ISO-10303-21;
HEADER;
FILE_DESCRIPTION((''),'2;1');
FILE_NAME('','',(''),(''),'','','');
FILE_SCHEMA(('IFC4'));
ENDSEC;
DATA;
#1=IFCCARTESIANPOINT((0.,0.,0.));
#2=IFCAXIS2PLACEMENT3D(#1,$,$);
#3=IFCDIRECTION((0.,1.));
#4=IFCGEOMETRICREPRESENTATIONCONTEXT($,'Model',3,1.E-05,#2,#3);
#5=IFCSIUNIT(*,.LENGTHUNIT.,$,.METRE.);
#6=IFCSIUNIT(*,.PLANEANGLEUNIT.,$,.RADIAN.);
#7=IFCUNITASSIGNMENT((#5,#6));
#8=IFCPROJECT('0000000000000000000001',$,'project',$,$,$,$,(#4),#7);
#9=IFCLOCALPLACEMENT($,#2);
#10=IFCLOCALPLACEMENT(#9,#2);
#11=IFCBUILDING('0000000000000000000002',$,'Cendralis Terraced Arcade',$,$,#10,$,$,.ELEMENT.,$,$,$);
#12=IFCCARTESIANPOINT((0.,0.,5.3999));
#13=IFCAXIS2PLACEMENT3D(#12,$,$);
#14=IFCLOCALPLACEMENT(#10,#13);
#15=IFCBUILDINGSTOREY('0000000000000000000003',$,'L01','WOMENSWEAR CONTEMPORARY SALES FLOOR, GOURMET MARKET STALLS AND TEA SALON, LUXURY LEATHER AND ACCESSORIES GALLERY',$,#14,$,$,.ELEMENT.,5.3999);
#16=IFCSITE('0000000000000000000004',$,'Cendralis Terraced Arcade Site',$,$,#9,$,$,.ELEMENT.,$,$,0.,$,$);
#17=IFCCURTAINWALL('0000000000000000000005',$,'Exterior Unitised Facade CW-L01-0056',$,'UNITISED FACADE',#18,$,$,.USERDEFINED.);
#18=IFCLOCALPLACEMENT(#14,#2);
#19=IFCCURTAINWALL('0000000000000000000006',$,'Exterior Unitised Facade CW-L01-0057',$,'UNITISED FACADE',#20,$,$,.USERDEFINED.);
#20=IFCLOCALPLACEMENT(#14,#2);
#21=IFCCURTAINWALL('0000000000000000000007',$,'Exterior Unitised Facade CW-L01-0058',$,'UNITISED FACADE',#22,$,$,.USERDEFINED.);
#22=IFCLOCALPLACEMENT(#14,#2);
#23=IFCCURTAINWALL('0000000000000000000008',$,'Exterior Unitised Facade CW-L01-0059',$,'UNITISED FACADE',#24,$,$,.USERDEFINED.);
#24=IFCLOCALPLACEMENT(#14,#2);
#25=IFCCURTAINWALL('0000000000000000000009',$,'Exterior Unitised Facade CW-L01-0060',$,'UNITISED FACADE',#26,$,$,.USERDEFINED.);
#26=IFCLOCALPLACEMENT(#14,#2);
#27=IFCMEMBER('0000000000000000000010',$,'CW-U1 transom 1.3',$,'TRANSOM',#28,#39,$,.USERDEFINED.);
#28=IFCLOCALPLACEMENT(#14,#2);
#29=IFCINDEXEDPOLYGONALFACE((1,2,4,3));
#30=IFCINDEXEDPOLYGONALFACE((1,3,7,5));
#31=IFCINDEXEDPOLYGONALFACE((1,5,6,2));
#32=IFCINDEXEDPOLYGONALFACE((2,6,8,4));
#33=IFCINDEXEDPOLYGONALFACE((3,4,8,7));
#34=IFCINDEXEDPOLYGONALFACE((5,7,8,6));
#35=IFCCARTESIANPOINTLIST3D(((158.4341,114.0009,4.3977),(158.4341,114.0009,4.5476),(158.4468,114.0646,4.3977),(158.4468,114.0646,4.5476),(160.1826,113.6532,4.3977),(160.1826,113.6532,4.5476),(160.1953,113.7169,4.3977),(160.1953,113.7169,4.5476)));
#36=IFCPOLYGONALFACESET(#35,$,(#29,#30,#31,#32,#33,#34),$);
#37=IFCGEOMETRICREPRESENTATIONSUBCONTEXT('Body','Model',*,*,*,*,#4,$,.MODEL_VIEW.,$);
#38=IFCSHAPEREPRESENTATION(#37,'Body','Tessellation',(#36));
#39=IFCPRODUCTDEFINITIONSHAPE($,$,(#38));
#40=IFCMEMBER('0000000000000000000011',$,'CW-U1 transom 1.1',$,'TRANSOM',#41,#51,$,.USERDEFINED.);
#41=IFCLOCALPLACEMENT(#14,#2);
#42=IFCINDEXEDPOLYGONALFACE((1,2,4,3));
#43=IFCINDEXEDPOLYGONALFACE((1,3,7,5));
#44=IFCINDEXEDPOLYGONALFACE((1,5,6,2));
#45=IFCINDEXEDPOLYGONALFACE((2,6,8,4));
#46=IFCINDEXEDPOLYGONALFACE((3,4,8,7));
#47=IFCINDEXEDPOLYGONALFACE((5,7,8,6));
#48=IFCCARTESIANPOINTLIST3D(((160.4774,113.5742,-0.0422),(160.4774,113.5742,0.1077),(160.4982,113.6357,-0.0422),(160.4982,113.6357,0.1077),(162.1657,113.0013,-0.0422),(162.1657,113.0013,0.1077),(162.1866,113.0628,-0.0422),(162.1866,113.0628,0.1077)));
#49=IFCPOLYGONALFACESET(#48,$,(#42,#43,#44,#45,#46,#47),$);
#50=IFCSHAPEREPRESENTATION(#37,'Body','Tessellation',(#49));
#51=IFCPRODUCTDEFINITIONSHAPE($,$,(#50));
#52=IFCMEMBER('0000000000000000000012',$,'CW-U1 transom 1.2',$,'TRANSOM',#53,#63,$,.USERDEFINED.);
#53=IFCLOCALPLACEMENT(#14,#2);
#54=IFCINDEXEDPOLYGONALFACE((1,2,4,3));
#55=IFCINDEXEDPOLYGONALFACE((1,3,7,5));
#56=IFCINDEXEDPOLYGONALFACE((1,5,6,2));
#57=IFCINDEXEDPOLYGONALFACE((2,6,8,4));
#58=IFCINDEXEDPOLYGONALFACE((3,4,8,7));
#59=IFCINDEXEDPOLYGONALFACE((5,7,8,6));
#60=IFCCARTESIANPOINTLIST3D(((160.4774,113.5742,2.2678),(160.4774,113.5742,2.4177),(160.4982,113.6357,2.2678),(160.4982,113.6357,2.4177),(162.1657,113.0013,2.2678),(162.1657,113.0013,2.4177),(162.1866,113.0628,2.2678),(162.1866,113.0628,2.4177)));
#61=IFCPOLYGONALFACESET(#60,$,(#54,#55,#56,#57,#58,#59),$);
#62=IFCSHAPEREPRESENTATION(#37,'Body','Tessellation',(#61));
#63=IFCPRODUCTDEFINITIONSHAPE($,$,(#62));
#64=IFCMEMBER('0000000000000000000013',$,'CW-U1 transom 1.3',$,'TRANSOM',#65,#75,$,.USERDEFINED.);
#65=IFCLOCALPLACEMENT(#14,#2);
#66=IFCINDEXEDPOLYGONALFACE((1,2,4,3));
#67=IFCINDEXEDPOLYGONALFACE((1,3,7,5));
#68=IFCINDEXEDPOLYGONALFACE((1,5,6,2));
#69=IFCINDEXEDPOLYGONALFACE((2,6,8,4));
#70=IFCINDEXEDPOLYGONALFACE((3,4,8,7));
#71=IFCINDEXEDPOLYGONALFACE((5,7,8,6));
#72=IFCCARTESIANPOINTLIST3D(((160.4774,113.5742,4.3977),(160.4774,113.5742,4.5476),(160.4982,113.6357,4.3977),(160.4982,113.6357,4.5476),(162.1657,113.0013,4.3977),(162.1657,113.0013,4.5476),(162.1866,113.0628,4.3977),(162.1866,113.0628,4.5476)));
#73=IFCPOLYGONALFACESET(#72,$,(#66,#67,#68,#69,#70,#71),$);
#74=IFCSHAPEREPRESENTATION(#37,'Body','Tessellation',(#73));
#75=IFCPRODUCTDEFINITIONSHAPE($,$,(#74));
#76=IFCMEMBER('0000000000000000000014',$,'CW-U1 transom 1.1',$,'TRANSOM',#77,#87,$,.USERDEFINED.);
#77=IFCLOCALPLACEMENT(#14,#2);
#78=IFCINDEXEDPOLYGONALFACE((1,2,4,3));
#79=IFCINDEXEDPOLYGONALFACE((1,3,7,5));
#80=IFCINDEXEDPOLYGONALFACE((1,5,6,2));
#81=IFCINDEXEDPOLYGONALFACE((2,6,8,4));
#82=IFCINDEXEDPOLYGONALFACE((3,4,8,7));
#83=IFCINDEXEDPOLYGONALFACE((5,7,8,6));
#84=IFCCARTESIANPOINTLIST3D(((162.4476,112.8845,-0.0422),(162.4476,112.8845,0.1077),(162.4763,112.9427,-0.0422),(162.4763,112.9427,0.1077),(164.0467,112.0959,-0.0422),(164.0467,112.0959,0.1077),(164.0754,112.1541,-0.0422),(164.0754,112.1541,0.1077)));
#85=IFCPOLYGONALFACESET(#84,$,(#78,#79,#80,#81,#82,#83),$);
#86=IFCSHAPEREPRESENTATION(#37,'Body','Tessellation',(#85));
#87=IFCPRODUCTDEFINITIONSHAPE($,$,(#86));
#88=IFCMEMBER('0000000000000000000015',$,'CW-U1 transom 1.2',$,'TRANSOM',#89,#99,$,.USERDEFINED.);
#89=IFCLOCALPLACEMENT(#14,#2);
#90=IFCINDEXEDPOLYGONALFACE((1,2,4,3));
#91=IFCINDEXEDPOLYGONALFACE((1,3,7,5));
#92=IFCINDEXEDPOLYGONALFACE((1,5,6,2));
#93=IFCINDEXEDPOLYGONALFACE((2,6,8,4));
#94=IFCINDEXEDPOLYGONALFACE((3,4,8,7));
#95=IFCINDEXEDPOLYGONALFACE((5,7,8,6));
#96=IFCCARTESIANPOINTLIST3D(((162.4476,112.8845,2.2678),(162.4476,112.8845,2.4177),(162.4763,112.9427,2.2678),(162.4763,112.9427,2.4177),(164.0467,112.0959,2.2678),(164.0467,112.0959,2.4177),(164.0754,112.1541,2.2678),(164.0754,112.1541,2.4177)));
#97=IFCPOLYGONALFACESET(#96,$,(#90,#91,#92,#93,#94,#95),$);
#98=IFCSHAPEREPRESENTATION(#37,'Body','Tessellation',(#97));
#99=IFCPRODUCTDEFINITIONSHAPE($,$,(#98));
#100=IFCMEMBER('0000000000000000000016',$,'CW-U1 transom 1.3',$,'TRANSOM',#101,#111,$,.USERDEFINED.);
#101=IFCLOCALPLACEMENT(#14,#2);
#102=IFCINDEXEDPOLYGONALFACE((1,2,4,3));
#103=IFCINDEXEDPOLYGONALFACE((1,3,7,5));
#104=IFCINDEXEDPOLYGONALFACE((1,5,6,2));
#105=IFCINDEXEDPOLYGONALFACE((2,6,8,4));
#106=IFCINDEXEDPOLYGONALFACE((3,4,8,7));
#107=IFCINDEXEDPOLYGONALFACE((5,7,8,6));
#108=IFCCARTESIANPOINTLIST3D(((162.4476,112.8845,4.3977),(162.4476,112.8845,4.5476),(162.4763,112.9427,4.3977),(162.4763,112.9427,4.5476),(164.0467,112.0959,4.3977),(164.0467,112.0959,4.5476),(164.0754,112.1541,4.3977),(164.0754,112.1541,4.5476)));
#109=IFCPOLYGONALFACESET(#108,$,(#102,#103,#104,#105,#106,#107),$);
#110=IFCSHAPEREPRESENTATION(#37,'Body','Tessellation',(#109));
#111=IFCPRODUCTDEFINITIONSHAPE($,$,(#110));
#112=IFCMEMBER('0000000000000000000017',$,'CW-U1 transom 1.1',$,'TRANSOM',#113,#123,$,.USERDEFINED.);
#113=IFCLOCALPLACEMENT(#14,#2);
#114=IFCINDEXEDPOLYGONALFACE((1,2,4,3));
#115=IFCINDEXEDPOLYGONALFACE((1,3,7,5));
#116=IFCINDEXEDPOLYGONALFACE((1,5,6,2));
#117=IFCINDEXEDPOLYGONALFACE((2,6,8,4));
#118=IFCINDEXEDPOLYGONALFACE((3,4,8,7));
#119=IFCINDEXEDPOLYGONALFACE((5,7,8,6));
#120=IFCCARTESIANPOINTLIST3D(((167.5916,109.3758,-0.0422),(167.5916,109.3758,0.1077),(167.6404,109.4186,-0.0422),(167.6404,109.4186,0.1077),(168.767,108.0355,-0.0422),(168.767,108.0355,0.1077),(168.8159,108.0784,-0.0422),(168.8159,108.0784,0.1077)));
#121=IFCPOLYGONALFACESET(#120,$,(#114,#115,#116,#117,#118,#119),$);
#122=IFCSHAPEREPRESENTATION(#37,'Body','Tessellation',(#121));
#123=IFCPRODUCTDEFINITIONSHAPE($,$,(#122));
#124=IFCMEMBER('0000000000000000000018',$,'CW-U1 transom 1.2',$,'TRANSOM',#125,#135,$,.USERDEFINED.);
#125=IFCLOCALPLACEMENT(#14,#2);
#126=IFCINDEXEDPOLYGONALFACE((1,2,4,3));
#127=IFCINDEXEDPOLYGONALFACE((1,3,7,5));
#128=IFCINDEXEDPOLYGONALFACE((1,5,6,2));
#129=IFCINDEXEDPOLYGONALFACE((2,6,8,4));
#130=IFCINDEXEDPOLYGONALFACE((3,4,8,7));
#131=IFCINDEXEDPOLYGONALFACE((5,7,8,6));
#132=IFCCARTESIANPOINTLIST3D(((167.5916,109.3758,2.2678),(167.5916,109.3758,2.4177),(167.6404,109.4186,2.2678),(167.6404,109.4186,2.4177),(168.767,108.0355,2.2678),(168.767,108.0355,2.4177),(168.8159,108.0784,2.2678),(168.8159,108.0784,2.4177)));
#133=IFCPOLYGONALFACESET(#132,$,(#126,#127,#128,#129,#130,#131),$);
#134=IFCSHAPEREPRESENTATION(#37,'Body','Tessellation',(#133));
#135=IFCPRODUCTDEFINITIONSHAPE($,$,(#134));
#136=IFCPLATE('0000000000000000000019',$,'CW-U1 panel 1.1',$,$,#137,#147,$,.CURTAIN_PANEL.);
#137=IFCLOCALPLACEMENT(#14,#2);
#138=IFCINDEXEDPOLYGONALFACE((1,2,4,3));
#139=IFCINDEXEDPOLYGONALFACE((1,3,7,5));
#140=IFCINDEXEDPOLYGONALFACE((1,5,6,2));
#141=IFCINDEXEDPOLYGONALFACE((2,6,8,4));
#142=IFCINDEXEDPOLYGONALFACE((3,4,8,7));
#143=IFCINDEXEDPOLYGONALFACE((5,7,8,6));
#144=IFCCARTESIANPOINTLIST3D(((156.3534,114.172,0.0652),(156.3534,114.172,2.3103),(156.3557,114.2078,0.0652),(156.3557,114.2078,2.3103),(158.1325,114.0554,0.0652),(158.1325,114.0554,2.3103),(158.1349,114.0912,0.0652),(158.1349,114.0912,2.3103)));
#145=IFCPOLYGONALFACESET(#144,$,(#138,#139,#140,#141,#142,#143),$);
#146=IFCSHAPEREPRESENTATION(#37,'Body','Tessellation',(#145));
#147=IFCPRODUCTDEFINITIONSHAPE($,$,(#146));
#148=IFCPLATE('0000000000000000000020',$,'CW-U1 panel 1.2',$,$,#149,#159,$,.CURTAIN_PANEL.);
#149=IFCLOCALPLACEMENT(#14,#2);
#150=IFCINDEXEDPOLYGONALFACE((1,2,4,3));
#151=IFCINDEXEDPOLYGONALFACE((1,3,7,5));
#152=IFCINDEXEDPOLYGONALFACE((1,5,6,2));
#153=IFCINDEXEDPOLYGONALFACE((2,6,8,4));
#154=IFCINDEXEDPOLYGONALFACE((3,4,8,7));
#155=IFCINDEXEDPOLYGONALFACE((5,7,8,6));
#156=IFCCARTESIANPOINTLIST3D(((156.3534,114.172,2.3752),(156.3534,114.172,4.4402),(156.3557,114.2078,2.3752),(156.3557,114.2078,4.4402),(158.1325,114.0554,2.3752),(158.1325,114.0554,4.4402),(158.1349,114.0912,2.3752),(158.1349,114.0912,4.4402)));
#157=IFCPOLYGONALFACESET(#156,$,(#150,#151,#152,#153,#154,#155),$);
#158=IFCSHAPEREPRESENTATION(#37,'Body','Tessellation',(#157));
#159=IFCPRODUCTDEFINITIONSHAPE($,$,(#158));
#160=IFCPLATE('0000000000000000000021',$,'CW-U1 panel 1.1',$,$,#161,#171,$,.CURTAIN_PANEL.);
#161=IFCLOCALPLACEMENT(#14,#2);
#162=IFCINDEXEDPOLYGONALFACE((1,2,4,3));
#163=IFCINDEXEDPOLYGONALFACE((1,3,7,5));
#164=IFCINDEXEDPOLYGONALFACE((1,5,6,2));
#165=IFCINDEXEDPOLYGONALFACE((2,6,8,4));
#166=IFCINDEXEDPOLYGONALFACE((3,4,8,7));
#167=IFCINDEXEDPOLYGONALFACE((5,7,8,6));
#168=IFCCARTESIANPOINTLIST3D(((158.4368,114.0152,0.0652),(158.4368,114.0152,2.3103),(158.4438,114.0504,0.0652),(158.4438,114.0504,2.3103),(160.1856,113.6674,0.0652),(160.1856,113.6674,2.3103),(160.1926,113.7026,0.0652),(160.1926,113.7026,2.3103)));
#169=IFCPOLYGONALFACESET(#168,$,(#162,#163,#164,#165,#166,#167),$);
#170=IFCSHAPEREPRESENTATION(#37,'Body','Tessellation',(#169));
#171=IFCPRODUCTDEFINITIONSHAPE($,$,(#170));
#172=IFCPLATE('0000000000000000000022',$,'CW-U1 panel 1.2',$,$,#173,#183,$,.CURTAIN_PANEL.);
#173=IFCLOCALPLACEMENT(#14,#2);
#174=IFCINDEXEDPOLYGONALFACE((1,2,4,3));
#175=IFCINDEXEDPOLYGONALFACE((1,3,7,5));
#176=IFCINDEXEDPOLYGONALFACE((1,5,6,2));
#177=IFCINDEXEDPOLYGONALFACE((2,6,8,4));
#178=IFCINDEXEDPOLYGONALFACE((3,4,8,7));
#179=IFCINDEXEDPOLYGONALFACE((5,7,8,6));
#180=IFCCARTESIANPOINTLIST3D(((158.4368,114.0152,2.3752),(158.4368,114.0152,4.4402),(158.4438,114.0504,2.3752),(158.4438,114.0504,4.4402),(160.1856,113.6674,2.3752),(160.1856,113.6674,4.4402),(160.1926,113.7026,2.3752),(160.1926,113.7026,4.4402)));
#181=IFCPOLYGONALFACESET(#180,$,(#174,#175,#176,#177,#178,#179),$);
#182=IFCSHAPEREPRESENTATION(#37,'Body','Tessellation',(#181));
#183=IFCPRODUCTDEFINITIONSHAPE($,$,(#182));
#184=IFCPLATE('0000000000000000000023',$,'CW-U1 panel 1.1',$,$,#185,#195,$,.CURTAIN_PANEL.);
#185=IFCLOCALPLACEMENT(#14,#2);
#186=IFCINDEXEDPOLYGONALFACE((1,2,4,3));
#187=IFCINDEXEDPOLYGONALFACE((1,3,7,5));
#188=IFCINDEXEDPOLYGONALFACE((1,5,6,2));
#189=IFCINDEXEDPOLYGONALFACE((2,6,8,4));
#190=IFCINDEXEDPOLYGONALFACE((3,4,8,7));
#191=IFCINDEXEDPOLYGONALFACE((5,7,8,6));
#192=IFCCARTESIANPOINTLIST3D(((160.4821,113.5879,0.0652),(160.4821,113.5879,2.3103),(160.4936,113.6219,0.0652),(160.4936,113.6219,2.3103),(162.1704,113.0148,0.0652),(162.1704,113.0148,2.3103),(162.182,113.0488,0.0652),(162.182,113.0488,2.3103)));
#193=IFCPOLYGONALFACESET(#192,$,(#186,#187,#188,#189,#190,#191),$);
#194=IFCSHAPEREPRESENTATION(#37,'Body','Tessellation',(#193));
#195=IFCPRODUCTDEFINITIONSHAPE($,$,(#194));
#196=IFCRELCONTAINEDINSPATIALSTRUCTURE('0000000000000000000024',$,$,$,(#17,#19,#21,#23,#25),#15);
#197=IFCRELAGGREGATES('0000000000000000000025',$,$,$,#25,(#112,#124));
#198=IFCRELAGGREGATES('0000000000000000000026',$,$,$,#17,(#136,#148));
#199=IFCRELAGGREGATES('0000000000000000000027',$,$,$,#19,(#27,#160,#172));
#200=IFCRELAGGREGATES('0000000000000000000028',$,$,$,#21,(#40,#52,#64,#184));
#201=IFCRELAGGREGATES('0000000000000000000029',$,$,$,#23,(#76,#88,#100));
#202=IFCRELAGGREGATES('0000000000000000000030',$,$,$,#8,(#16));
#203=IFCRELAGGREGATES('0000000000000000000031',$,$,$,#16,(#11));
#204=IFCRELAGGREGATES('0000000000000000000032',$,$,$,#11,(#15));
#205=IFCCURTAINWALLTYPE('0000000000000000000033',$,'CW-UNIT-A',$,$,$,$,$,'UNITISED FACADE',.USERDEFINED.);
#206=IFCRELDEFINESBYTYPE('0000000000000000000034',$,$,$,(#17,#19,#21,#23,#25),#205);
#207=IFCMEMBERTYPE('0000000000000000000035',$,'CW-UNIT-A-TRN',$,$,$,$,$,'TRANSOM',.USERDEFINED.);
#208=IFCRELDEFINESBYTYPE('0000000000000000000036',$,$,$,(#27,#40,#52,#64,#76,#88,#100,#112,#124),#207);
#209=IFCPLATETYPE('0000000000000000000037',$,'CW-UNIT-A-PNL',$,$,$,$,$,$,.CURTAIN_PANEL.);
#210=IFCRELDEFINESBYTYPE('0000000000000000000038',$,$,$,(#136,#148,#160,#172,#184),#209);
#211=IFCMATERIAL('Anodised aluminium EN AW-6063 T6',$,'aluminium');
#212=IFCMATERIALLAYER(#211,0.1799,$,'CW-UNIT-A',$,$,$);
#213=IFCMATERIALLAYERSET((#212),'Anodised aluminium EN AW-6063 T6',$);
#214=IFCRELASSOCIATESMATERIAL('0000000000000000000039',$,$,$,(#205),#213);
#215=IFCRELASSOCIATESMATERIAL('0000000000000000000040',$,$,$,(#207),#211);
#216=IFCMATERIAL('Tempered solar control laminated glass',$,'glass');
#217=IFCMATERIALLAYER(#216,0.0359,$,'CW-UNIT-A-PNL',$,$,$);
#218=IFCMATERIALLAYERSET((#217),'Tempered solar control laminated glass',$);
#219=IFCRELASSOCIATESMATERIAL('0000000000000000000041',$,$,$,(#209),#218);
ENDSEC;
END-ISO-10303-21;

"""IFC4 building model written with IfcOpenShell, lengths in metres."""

from ifc_helpers import new_model, si_unit, direction, frame, origin, origin_2d, place, context, subcontext, project, spatial, rectangle, extrude, material, layer, layer_set, material_profile, profile_set, type_object, element, aggregate, save


model = new_model("IFC4")

# Units and contexts
model_context = context("Model", 3, precision=1e-05, world=origin(), true_north=direction((0.0, 1.0)))
body_context = subcontext(model_context, "Body", "Model", "MODEL_VIEW")
ifc_project = project(units=[si_unit("LENGTHUNIT", "METRE"), si_unit("PLANEANGLEUNIT", "RADIAN")], contexts=[model_context])

# Site, building, storey
site_placement = place(None, origin())
site = spatial("IfcSite", under=ifc_project, at=site_placement, Name="Cendralis Terraced Arcade Site", CompositionType="ELEMENT", RefElevation=0.0)
building_placement = place(site_placement, origin())
building = spatial("IfcBuilding", under=site, at=building_placement, Name="Cendralis Terraced Arcade", CompositionType="ELEMENT")
storey_placement = place(building_placement, frame((0.0, 0.0, 5.3999)))
storey = spatial("IfcBuildingStorey", under=building, at=storey_placement, Name="L01", Description="WOMENSWEAR CONTEMPORARY SALES FLOOR, GOURMET MARKET STALLS AND TEA SALON, LUXURY LEATHER AND ACCESSORIES GALLERY", CompositionType="ELEMENT", Elevation=5.3999)

# Curtain wall
ifc_material_1 = material(Name="Anodised aluminium EN AW-6063 T6", Category="aluminium")
ifc_layer_1 = layer(ifc_material_1, 0.1799, Name="CW-UNIT-A")
ifc_layer_set_1 = layer_set([ifc_layer_1], Name="Anodised aluminium EN AW-6063 T6")
curtain_wall_type = type_object("IfcCurtainWallType", Name="CW-UNIT-A", ElementType="UNITISED FACADE", PredefinedType="USERDEFINED", material=ifc_layer_set_1)
curtain_wall_1_placement = place(storey_placement, origin())
curtain_wall_1 = element("IfcCurtainWall", 1, at=curtain_wall_1_placement, inside=storey, type_object=curtain_wall_type, Name="Exterior Unitised Facade CW-L01-0056", ObjectType="UNITISED FACADE", PredefinedType="USERDEFINED")

# Curtain walls
curtain_wall_2_placement = place(storey_placement, origin())
curtain_wall_2 = element("IfcCurtainWall", 2, at=curtain_wall_2_placement, inside=storey, type_object=curtain_wall_type, Name="Exterior Unitised Facade CW-L01-0057", ObjectType="UNITISED FACADE", PredefinedType="USERDEFINED")
curtain_wall_3_placement = place(storey_placement, origin())
curtain_wall_3 = element("IfcCurtainWall", 3, at=curtain_wall_3_placement, inside=storey, type_object=curtain_wall_type, Name="Exterior Unitised Facade CW-L01-0058", ObjectType="UNITISED FACADE", PredefinedType="USERDEFINED")
curtain_wall_4_placement = place(storey_placement, origin())
curtain_wall_4 = element("IfcCurtainWall", 4, at=curtain_wall_4_placement, inside=storey, type_object=curtain_wall_type, Name="Exterior Unitised Facade CW-L01-0059", ObjectType="UNITISED FACADE", PredefinedType="USERDEFINED")

# Curtain wall
curtain_wall_5_placement = place(storey_placement, origin())
curtain_wall_5 = element("IfcCurtainWall", 5, at=curtain_wall_5_placement, inside=storey, type_object=curtain_wall_type, Name="Exterior Unitised Facade CW-L01-0060", ObjectType="UNITISED FACADE", PredefinedType="USERDEFINED")

# Members
ifc_material_profile_1 = material_profile(ifc_material_1, rectangle(XDim=0.0649, YDim=0.1499, at=origin_2d()), Name="ALU-TRN-65x150")
ifc_profile_set_1 = profile_set([ifc_material_profile_1], Name="Anodised aluminium EN AW-6063 T6")
member_type_1 = type_object("IfcMemberType", Name="CW-UNIT-A-TRN", ElementType="TRANSOM", PredefinedType="USERDEFINED", material=ifc_profile_set_1)
member_1_placement = place(storey_placement, frame((158.4404, 114.0327, 4.4727), z_axis=(0.980801, -0.19501, 0.0), x_axis=(0.19501, 0.980801, 0.0)))
member_1 = element("IfcMember", 6, at=member_1_placement, type_object=member_type_1, Name="CW-U1 transom 1.3", ObjectType="TRANSOM", PredefinedType="USERDEFINED", context=body_context, shape_type="SweptSolid", body=[
    extrude(rectangle(XDim=0.0649, YDim=0.1499, at=origin_2d()), origin(), (0.0, 0.0, 1.0), 1.7827),
])
member_2_placement = place(storey_placement, frame((160.4878, 113.605, 0.0327), z_axis=(0.946958, -0.321358, 0.0), x_axis=(0.321358, 0.946958, 0.0)))
member_2 = element("IfcMember", 7, at=member_2_placement, type_object=member_type_1, Name="CW-U1 transom 1.1", ObjectType="TRANSOM", PredefinedType="USERDEFINED", context=body_context, shape_type="SweptSolid", body=[
    extrude(rectangle(XDim=0.0649, YDim=0.1499, at=origin_2d()), origin(), (0.0, 0.0, 1.0), 1.783),
])
member_3_placement = place(storey_placement, frame((160.4878, 113.605, 2.3428), z_axis=(0.946958, -0.321358, 0.0), x_axis=(0.321358, 0.946958, 0.0)))
member_3 = element("IfcMember", 8, at=member_3_placement, type_object=member_type_1, Name="CW-U1 transom 1.2", ObjectType="TRANSOM", PredefinedType="USERDEFINED", context=body_context, shape_type="SweptSolid", body=[
    extrude(rectangle(XDim=0.0649, YDim=0.1499, at=origin_2d()), origin(), (0.0, 0.0, 1.0), 1.783),
])
member_4_placement = place(storey_placement, frame((160.4878, 113.605, 4.4727), z_axis=(0.946958, -0.321358, 0.0), x_axis=(0.321358, 0.946958, 0.0)))
member_4 = element("IfcMember", 9, at=member_4_placement, type_object=member_type_1, Name="CW-U1 transom 1.3", ObjectType="TRANSOM", PredefinedType="USERDEFINED", context=body_context, shape_type="SweptSolid", body=[
    extrude(rectangle(XDim=0.0649, YDim=0.1499, at=origin_2d()), origin(), (0.0, 0.0, 1.0), 1.783),
])
member_5_placement = place(storey_placement, frame((162.4619, 112.9136, 0.0327), z_axis=(0.896878, -0.442277, 0.0), x_axis=(0.442277, 0.896878, 0.0)))
member_5 = element("IfcMember", 10, at=member_5_placement, type_object=member_type_1, Name="CW-U1 transom 1.1", ObjectType="TRANSOM", PredefinedType="USERDEFINED", context=body_context, shape_type="SweptSolid", body=[
    extrude(rectangle(XDim=0.0649, YDim=0.1499, at=origin_2d()), origin(), (0.0, 0.0, 1.0), 1.783),
])
member_6_placement = place(storey_placement, frame((162.4619, 112.9136, 2.3428), z_axis=(0.896878, -0.442277, 0.0), x_axis=(0.442277, 0.896878, 0.0)))
member_6 = element("IfcMember", 11, at=member_6_placement, type_object=member_type_1, Name="CW-U1 transom 1.2", ObjectType="TRANSOM", PredefinedType="USERDEFINED", context=body_context, shape_type="SweptSolid", body=[
    extrude(rectangle(XDim=0.0649, YDim=0.1499, at=origin_2d()), origin(), (0.0, 0.0, 1.0), 1.783),
])
member_7_placement = place(storey_placement, frame((162.4619, 112.9136, 4.4727), z_axis=(0.896878, -0.442277, 0.0), x_axis=(0.442277, 0.896878, 0.0)))
member_7 = element("IfcMember", 12, at=member_7_placement, type_object=member_type_1, Name="CW-U1 transom 1.3", ObjectType="TRANSOM", PredefinedType="USERDEFINED", context=body_context, shape_type="SweptSolid", body=[
    extrude(rectangle(XDim=0.0649, YDim=0.1499, at=origin_2d()), origin(), (0.0, 0.0, 1.0), 1.783),
])
member_8_placement = place(storey_placement, frame((167.616, 109.3972, 0.0327), z_axis=(0.659377, -0.751813, 0.0), x_axis=(0.751813, 0.659377, 0.0)))
member_8 = element("IfcMember", 13, at=member_8_placement, type_object=member_type_1, Name="CW-U1 transom 1.1", ObjectType="TRANSOM", PredefinedType="USERDEFINED", context=body_context, shape_type="SweptSolid", body=[
    extrude(rectangle(XDim=0.0649, YDim=0.1499, at=origin_2d()), origin(), (0.0, 0.0, 1.0), 1.7827),
])
member_9_placement = place(storey_placement, frame((167.616, 109.3972, 2.3428), z_axis=(0.659377, -0.751813, 0.0), x_axis=(0.751813, 0.659377, 0.0)))
member_9 = element("IfcMember", 14, at=member_9_placement, type_object=member_type_1, Name="CW-U1 transom 1.2", ObjectType="TRANSOM", PredefinedType="USERDEFINED", context=body_context, shape_type="SweptSolid", body=[
    extrude(rectangle(XDim=0.0649, YDim=0.1499, at=origin_2d()), origin(), (0.0, 0.0, 1.0), 1.7827),
])
aggregate(curtain_wall_5, [member_8, member_9])

# Plates
ifc_material_2 = material(Name="Tempered solar control laminated glass", Category="glass")
ifc_layer_2 = layer(ifc_material_2, 0.0359, Name="CW-UNIT-A-PNL")
ifc_layer_set_2 = layer_set([ifc_layer_2], Name="Tempered solar control laminated glass")
plate_type = type_object("IfcPlateType", Name="CW-UNIT-A-PNL", PredefinedType="CURTAIN_PANEL", material=ifc_layer_set_2)
plate_1_placement = place(storey_placement, frame((157.2441, 114.1316, 0.0652), z_axis=(0.0, 0.0, 1.0), x_axis=(0.997859, -0.065398, 0.0)))
plate_1 = element("IfcPlate", 15, at=plate_1_placement, type_object=plate_type, Name="CW-U1 panel 1.1", PredefinedType="CURTAIN_PANEL", context=body_context, shape_type="SweptSolid", body=[
    extrude(rectangle(XDim=1.783, YDim=0.0359, at=origin_2d()), origin(), (0.0, 0.0, 1.0), 2.2451),
])
plate_2_placement = place(storey_placement, frame((157.2441, 114.1316, 2.3752), z_axis=(0.0, 0.0, 1.0), x_axis=(0.997859, -0.065398, 0.0)))
plate_2 = element("IfcPlate", 16, at=plate_2_placement, type_object=plate_type, Name="CW-U1 panel 1.2", PredefinedType="CURTAIN_PANEL", context=body_context, shape_type="SweptSolid", body=[
    extrude(rectangle(XDim=1.783, YDim=0.0359, at=origin_2d()), origin(), (0.0, 0.0, 1.0), 2.0649),
])
aggregate(curtain_wall_1, [plate_1, plate_2])
plate_3_placement = place(storey_placement, frame((159.3147, 113.8589, 0.0652), z_axis=(0.0, 0.0, 1.0), x_axis=(0.980793, -0.19505, 0.0)))
plate_3 = element("IfcPlate", 17, at=plate_3_placement, type_object=plate_type, Name="CW-U1 panel 1.1", PredefinedType="CURTAIN_PANEL", context=body_context, shape_type="SweptSolid", body=[
    extrude(rectangle(XDim=1.783, YDim=0.0359, at=origin_2d()), origin(), (0.0, 0.0, 1.0), 2.2451),
])
plate_4_placement = place(storey_placement, frame((159.3147, 113.8589, 2.3752), z_axis=(0.0, 0.0, 1.0), x_axis=(0.980793, -0.19505, 0.0)))
plate_4 = element("IfcPlate", 18, at=plate_4_placement, type_object=plate_type, Name="CW-U1 panel 1.2", PredefinedType="CURTAIN_PANEL", context=body_context, shape_type="SweptSolid", body=[
    extrude(rectangle(XDim=1.783, YDim=0.0359, at=origin_2d()), origin(), (0.0, 0.0, 1.0), 2.0649),
])
aggregate(curtain_wall_2, [member_1, plate_3, plate_4])
plate_5_placement = place(storey_placement, frame((161.332, 113.3184, 0.0652), z_axis=(0.0, 0.0, 1.0), x_axis=(0.946928, -0.321445, 0.0)))
plate_5 = element("IfcPlate", 19, at=plate_5_placement, type_object=plate_type, Name="CW-U1 panel 1.1", PredefinedType="CURTAIN_PANEL", context=body_context, shape_type="SweptSolid", body=[
    extrude(rectangle(XDim=1.783, YDim=0.0359, at=origin_2d()), origin(), (0.0, 0.0, 1.0), 2.2451),
])
aggregate(curtain_wall_3, [member_2, member_3, member_4, plate_5])
aggregate(curtain_wall_4, [member_5, member_6, member_7])

save(model, "model.ifc")
